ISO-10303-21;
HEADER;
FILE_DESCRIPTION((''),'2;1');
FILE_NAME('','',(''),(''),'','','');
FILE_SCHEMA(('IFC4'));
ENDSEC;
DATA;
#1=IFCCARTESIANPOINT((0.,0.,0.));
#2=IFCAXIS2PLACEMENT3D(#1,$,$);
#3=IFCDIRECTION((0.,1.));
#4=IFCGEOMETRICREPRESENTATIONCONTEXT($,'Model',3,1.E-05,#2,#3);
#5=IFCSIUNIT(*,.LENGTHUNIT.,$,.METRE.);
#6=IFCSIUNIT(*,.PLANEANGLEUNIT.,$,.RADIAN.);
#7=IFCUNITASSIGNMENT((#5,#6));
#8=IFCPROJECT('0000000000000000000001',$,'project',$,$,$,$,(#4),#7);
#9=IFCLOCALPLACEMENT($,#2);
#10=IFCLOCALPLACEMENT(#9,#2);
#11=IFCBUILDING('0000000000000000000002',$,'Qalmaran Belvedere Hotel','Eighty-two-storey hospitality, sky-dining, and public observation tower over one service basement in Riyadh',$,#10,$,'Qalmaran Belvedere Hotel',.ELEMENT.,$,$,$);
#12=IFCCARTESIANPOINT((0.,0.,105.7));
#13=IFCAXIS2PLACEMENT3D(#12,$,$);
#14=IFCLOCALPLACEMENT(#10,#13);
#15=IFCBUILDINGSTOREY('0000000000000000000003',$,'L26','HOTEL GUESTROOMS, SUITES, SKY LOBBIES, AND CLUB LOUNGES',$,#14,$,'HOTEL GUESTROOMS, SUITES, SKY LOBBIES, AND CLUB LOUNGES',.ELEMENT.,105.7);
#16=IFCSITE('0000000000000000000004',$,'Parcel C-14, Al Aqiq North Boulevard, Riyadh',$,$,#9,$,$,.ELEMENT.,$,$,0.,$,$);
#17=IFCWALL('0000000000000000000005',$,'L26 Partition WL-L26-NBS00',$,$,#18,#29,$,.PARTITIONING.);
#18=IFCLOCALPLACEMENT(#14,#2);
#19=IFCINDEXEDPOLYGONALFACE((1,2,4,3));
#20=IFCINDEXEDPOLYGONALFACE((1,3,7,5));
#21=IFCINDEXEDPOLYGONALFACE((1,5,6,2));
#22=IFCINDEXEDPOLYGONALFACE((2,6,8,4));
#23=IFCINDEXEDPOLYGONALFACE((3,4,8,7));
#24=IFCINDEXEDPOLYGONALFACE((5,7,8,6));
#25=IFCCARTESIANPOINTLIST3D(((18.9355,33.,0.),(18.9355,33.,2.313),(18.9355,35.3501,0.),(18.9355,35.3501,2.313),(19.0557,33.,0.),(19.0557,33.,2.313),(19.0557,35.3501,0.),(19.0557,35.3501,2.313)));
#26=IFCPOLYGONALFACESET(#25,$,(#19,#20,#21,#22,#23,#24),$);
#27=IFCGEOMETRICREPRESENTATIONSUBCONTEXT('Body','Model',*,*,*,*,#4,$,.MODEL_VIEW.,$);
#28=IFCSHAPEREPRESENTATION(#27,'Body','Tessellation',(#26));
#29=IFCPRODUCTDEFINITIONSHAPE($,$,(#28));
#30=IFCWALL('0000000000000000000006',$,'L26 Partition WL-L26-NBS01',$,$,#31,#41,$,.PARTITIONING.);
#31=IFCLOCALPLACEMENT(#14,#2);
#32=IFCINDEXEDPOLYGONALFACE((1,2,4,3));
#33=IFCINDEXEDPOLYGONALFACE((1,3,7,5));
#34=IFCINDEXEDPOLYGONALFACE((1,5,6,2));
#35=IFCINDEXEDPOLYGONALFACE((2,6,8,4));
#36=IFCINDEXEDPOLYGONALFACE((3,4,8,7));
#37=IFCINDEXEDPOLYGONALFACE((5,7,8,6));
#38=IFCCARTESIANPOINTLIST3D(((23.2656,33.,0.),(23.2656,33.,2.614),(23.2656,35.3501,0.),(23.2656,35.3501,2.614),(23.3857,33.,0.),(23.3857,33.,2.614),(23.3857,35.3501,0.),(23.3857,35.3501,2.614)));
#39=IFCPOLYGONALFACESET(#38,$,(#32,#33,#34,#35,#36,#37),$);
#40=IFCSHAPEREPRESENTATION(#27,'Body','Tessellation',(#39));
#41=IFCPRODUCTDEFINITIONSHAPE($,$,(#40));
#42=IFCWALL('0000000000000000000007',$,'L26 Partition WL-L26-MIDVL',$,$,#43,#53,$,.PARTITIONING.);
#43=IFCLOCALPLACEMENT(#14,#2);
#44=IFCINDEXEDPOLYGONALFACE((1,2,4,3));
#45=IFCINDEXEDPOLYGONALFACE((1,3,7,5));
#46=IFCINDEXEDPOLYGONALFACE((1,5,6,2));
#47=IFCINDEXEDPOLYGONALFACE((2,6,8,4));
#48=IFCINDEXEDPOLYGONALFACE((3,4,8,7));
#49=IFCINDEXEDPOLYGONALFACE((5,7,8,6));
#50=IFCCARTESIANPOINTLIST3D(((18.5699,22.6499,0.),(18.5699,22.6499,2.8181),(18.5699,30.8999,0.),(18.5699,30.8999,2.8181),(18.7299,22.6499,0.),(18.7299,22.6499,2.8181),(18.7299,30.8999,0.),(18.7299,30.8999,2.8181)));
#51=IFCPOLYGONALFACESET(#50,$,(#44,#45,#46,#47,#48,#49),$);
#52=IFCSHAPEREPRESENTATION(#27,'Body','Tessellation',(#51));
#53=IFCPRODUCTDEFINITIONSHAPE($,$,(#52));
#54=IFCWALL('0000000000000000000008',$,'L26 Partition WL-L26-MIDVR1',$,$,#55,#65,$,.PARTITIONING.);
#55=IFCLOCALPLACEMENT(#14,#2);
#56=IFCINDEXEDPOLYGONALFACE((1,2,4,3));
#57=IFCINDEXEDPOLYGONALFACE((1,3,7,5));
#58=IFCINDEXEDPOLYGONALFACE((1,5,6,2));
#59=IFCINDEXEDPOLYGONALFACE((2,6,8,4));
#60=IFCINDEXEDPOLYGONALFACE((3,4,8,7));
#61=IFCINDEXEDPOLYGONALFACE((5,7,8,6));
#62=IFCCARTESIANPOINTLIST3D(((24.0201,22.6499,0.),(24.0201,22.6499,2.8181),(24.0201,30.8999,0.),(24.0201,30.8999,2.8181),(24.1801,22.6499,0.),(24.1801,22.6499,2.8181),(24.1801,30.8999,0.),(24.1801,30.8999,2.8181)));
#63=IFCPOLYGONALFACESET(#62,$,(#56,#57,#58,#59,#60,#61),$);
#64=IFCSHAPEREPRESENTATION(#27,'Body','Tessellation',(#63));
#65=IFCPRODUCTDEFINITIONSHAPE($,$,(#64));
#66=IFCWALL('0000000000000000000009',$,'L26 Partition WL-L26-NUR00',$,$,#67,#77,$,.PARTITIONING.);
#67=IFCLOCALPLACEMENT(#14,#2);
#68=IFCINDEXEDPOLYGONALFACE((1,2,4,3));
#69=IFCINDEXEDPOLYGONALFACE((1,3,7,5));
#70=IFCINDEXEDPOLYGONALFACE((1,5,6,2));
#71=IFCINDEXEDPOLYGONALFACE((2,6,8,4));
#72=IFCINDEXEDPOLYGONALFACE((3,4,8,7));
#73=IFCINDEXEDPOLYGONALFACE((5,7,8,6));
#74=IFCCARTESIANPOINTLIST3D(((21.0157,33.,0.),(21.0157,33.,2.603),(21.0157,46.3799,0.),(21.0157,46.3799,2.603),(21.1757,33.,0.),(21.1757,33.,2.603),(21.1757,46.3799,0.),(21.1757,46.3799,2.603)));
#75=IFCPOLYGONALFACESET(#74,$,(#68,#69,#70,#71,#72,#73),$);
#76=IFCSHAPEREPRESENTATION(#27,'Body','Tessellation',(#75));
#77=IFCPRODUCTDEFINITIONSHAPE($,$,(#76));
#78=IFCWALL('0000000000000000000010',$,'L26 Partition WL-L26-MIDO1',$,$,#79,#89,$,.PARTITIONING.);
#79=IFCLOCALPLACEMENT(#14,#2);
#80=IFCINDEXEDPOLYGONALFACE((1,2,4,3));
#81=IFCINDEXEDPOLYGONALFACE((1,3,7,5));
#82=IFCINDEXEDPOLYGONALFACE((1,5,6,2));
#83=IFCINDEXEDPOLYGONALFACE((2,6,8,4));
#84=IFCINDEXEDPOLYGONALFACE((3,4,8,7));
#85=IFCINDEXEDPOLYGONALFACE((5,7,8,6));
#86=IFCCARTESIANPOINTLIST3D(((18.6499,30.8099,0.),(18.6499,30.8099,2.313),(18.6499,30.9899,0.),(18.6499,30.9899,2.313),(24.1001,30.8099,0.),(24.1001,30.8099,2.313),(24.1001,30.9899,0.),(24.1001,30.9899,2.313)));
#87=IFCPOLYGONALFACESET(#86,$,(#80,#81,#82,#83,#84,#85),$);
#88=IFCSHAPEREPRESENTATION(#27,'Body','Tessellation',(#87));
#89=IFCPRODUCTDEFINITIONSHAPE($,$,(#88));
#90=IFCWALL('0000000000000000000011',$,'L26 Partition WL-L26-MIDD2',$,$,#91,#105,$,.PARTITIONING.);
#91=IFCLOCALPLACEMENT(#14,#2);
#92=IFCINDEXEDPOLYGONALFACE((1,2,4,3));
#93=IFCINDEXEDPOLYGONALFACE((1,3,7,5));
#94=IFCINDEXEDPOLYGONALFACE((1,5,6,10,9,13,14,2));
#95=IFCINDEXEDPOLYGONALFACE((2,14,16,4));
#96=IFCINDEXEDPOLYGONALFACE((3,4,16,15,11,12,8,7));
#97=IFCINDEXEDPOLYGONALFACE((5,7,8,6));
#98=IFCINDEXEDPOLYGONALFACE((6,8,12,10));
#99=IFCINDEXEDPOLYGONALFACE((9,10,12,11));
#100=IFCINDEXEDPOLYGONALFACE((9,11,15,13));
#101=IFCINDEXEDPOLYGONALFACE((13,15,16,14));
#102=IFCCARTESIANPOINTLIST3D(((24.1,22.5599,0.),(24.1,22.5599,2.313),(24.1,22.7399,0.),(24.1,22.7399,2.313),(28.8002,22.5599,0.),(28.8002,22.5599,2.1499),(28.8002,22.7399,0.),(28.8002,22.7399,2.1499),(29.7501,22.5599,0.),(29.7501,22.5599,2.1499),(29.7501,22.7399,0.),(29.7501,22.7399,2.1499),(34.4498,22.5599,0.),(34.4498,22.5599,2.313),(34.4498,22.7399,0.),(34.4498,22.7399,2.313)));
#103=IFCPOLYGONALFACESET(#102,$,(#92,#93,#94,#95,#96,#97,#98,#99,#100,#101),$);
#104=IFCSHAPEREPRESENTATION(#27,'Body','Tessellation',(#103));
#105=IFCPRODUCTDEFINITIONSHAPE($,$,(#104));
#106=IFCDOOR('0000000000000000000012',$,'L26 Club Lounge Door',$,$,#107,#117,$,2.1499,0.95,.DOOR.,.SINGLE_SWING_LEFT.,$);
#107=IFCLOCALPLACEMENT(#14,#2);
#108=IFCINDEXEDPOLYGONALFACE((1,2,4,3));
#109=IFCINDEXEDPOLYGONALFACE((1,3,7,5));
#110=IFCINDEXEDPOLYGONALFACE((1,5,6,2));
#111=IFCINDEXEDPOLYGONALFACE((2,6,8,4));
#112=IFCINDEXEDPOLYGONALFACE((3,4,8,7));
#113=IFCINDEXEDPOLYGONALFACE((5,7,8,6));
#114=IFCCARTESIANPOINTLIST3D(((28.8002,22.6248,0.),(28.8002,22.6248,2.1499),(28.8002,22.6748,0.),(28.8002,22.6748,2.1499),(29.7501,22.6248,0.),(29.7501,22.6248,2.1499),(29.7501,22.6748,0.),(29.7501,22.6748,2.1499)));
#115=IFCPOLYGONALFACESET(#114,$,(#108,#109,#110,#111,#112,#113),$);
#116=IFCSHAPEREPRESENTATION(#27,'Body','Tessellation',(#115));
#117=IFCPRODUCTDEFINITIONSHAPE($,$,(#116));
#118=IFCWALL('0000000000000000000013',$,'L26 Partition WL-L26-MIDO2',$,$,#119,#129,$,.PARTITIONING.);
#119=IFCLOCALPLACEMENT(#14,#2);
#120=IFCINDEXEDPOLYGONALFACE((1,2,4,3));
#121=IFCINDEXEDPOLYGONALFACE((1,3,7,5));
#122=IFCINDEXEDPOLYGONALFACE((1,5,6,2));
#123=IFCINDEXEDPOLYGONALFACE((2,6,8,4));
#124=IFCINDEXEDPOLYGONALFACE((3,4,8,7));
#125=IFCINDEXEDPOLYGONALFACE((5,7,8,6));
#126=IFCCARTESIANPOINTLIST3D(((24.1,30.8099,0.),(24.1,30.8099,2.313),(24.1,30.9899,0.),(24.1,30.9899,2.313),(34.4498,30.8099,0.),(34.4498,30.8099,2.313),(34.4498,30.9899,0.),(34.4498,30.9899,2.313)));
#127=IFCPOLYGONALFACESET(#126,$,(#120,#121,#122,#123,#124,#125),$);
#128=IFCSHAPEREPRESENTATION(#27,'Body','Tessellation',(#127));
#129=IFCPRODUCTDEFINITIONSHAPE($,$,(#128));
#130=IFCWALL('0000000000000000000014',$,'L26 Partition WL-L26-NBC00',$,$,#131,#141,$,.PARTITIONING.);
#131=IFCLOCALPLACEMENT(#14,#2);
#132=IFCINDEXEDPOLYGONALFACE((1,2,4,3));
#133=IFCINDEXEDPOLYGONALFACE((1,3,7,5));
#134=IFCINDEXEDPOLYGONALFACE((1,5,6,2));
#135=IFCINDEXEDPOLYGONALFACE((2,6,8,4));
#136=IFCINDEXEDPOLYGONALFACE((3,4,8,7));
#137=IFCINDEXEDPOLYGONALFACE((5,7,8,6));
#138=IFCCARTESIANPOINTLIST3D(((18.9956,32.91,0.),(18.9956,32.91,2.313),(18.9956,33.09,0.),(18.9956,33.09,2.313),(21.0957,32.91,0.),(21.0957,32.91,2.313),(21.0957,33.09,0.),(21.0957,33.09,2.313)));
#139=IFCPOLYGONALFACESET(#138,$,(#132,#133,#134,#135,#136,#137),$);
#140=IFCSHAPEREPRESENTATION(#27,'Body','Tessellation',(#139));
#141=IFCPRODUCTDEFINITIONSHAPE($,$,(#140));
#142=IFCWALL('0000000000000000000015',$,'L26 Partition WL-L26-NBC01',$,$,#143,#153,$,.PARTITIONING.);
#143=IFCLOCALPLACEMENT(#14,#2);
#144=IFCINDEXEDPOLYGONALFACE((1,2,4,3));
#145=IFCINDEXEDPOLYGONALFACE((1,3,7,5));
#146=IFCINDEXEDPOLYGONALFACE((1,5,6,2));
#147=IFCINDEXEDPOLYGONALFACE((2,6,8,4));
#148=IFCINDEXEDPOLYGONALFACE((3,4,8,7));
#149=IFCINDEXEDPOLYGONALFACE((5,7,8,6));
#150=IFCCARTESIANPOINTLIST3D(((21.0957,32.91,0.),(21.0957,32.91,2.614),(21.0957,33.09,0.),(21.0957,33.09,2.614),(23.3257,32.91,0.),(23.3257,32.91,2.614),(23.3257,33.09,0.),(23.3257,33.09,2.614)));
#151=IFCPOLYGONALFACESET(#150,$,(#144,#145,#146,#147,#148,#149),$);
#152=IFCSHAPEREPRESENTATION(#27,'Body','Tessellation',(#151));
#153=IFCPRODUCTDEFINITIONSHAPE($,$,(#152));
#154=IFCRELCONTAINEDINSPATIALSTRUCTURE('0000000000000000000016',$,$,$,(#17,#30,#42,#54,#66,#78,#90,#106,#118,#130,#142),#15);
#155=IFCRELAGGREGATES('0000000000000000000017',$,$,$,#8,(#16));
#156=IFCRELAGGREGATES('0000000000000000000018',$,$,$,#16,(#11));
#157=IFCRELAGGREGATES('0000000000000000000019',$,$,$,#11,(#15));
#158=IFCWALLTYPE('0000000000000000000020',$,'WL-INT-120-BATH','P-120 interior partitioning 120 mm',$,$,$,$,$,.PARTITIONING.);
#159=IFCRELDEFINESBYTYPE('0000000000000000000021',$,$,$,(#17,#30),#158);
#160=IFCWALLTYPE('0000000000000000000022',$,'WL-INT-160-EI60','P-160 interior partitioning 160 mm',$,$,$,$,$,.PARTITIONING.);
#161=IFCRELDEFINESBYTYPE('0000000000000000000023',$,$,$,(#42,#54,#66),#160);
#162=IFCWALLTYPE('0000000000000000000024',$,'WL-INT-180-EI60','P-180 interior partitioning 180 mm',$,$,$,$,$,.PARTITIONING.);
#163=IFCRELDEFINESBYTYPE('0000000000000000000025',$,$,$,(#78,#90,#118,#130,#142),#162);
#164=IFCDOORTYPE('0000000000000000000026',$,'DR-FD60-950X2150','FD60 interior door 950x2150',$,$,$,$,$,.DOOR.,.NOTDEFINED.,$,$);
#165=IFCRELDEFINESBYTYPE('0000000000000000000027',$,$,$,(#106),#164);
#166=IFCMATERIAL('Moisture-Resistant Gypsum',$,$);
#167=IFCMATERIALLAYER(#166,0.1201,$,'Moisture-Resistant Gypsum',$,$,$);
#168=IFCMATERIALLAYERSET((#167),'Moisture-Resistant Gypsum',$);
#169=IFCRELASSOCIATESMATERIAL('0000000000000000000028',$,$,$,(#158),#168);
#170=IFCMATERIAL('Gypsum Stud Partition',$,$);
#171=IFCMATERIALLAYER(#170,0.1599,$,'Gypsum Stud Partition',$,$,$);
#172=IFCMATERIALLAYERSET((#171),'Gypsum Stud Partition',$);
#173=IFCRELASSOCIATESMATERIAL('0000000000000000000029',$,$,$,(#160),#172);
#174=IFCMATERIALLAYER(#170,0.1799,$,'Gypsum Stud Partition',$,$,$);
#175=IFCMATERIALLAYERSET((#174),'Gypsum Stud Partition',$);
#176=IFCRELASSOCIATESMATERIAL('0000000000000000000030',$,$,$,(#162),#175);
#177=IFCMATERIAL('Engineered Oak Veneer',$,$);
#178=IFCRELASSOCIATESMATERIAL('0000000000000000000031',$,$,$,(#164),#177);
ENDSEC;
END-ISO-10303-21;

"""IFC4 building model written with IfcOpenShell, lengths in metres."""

from ifc_helpers import new_model, si_unit, direction, frame, frame_2d, origin, place, context, subcontext, project, spatial, rectangle, extrude, material, layer, layer_set, type_object, element, fill, save


model = new_model("IFC4")

# Units and contexts
model_context = context("Model", 3, precision=1e-05, world=origin(), true_north=direction((0.0, 1.0)))
body_context = subcontext(model_context, "Body", "Model", "MODEL_VIEW")
ifc_project = project(units=[si_unit("LENGTHUNIT", "METRE"), si_unit("PLANEANGLEUNIT", "RADIAN")], contexts=[model_context])

# Site, building, storey
site_placement = place(None, origin())
site = spatial("IfcSite", under=ifc_project, at=site_placement, Name="Parcel C-14, Al Aqiq North Boulevard, Riyadh", CompositionType="ELEMENT", RefElevation=0.0)
building_placement = place(site_placement, origin())
building = spatial("IfcBuilding", under=site, at=building_placement, Name="Qalmaran Belvedere Hotel", Description="Eighty-two-storey hospitality, sky-dining, and public observation tower over one service basement in Riyadh", LongName="Qalmaran Belvedere Hotel", CompositionType="ELEMENT")
storey_placement = place(building_placement, frame((0.0, 0.0, 105.7)))
storey = spatial("IfcBuildingStorey", under=building, at=storey_placement, Name="L26", Description="HOTEL GUESTROOMS, SUITES, SKY LOBBIES, AND CLUB LOUNGES", LongName="HOTEL GUESTROOMS, SUITES, SKY LOBBIES, AND CLUB LOUNGES", CompositionType="ELEMENT", Elevation=105.7)

# Walls
ifc_material_1 = material(Name="Moisture-Resistant Gypsum")
ifc_layer_1 = layer(ifc_material_1, 0.1201, Name="Moisture-Resistant Gypsum")
ifc_layer_set_1 = layer_set([ifc_layer_1], Name="Moisture-Resistant Gypsum")
wall_type_1 = type_object("IfcWallType", Name="WL-INT-120-BATH", Description="P-120 interior partitioning 120 mm", PredefinedType="PARTITIONING", material=ifc_layer_set_1)
wall_1_placement = place(storey_placement, frame((18.9956, 33.0, 0.0), z_axis=(0.0, 0.0, 1.0), x_axis=(0.0, 1.0, 0.0)))
element("IfcWall", 1, at=wall_1_placement, inside=storey, type_object=wall_type_1, Name="L26 Partition WL-L26-NBS00", PredefinedType="PARTITIONING", context=body_context, shape_type="SweptSolid", body=[
    extrude(rectangle(XDim=2.3501, YDim=0.1201, at=frame_2d((1.175, 0.0))), origin(), (0.0, 0.0, 1.0), 2.313),
])
wall_2_placement = place(storey_placement, frame((23.3257, 33.0, 0.0), z_axis=(0.0, 0.0, 1.0), x_axis=(0.0, 1.0, 0.0)))
element("IfcWall", 2, at=wall_2_placement, inside=storey, type_object=wall_type_1, Name="L26 Partition WL-L26-NBS01", PredefinedType="PARTITIONING", context=body_context, shape_type="SweptSolid", body=[
    extrude(rectangle(XDim=2.3501, YDim=0.1201, at=frame_2d((1.175, 0.0))), origin(), (0.0, 0.0, 1.0), 2.614),
])
ifc_material_2 = material(Name="Gypsum Stud Partition")
ifc_layer_2 = layer(ifc_material_2, 0.1599, Name="Gypsum Stud Partition")
ifc_layer_set_2 = layer_set([ifc_layer_2], Name="Gypsum Stud Partition")
wall_type_2 = type_object("IfcWallType", Name="WL-INT-160-EI60", Description="P-160 interior partitioning 160 mm", PredefinedType="PARTITIONING", material=ifc_layer_set_2)
for number, where, z_axis, x_axis, name in (
    (3, (18.6499, 22.6499, 0.0), (0.0, 0.0, 1.0), (0.0, 1.0, 0.0), "L26 Partition WL-L26-MIDVL"),
    (4, (24.1001, 22.6499, 0.0), (0.0, 0.0, 1.0), (0.0, 1.0, 0.0), "L26 Partition WL-L26-MIDVR1"),
):
    element("IfcWall", number, at=place(storey_placement, frame(where, z_axis=z_axis, x_axis=x_axis)), inside=storey, type_object=wall_type_2, Name=name, PredefinedType="PARTITIONING", context=body_context, shape_type="SweptSolid", body=[
        extrude(rectangle(XDim=8.25, YDim=0.1599, at=frame_2d((4.125, 0.0))), origin(), (0.0, 0.0, 1.0), 2.8181),
    ])
wall_3_placement = place(storey_placement, frame((21.0957, 33.0, 0.0), z_axis=(0.0, 0.0, 1.0), x_axis=(0.0, 1.0, 0.0)))
element("IfcWall", 5, at=wall_3_placement, inside=storey, type_object=wall_type_2, Name="L26 Partition WL-L26-NUR00", PredefinedType="PARTITIONING", context=body_context, shape_type="SweptSolid", body=[
    extrude(rectangle(XDim=13.3799, YDim=0.1599, at=frame_2d((6.6899, 0.0))), origin(), (0.0, 0.0, 1.0), 2.603),
])

# Shared definitions
ifc_layer_3 = layer(ifc_material_2, 0.1799, Name="Gypsum Stud Partition")
ifc_layer_set_3 = layer_set([ifc_layer_3], Name="Gypsum Stud Partition")
wall_type_3 = type_object("IfcWallType", Name="WL-INT-180-EI60", Description="P-180 interior partitioning 180 mm", PredefinedType="PARTITIONING", material=ifc_layer_set_3)
ifc_material_3 = material(Name="Engineered Oak Veneer")
door_type = type_object("IfcDoorType", Name="DR-FD60-950X2150", Description="FD60 interior door 950x2150", OperationType="NOTDEFINED", PredefinedType="DOOR", material=ifc_material_3)

# Wall
wall_4_placement = place(storey_placement, frame((18.6499, 30.8999, 0.0), z_axis=(0.0, 0.0, 1.0), x_axis=(1.0, 0.0, 0.0)))
element("IfcWall", 6, at=wall_4_placement, inside=storey, type_object=wall_type_3, Name="L26 Partition WL-L26-MIDO1", PredefinedType="PARTITIONING", context=body_context, shape_type="SweptSolid", body=[
    extrude(rectangle(XDim=5.4502, YDim=0.1799, at=frame_2d((2.7251, 0.0))), origin(), (0.0, 0.0, 1.0), 2.313),
])

# Wall, opening, door
wall_5_placement = place(storey_placement, frame((24.1001, 22.6499, 0.0), z_axis=(0.0, 0.0, 1.0), x_axis=(1.0, 0.0, 0.0)))
wall_5 = element("IfcWall", 7, at=wall_5_placement, inside=storey, type_object=wall_type_3, Name="L26 Partition WL-L26-MIDD2", PredefinedType="PARTITIONING", context=body_context, shape_type="SweptSolid", body=[
    extrude(rectangle(XDim=10.3499, YDim=0.1799, at=frame_2d((5.1748, 0.0))), origin(), (0.0, 0.0, 1.0), 2.313),
])
opening_1_placement = place(wall_5_placement, frame((4.7, 0.0, 0.0)))
opening_1 = element("IfcOpeningElement", 8, at=opening_1_placement, cuts=wall_5, PredefinedType="OPENING", context=body_context, shape_type="SweptSolid", body=[
    extrude(rectangle(XDim=0.95, YDim=2.1499, at=frame_2d((0.4751, 1.075))), frame((0.0, 0.1001, 0.0), z_axis=(0.0, -1.0, 0.0), x_axis=(1.0, 0.0, 0.0)), (0.0, 0.0, 1.0), 0.2),
])
door_1_placement = place(opening_1_placement, origin())
door_1 = element("IfcDoor", 9, at=door_1_placement, inside=storey, type_object=door_type, Name="L26 Club Lounge Door", OperationType="SINGLE_SWING_LEFT", OverallHeight=2.1499, OverallWidth=0.95, PredefinedType="DOOR", context=body_context, shape_type="SweptSolid", body=[
    extrude(rectangle(XDim=0.95, YDim=2.1499, at=frame_2d((0.4751, 1.075))), frame((0.0, 0.0249, 0.0), z_axis=(0.0, -1.0, 0.0), x_axis=(1.0, 0.0, 0.0)), (0.0, 0.0, 1.0), 0.05),
])
fill(opening_1, door_1)

# Walls
wall_6_placement = place(storey_placement, frame((24.1001, 30.8999, 0.0), z_axis=(0.0, 0.0, 1.0), x_axis=(1.0, 0.0, 0.0)))
element("IfcWall", 10, at=wall_6_placement, inside=storey, type_object=wall_type_3, Name="L26 Partition WL-L26-MIDO2", PredefinedType="PARTITIONING", context=body_context, shape_type="SweptSolid", body=[
    extrude(rectangle(XDim=10.3499, YDim=0.1799, at=frame_2d((5.1748, 0.0))), origin(), (0.0, 0.0, 1.0), 2.313),
])
wall_7_placement = place(storey_placement, frame((18.9956, 33.0, 0.0), z_axis=(0.0, 0.0, 1.0), x_axis=(1.0, 0.0, 0.0)))
element("IfcWall", 11, at=wall_7_placement, inside=storey, type_object=wall_type_3, Name="L26 Partition WL-L26-NBC00", PredefinedType="PARTITIONING", context=body_context, shape_type="SweptSolid", body=[
    extrude(rectangle(XDim=2.1001, YDim=0.1799, at=frame_2d((1.05, 0.0))), origin(), (0.0, 0.0, 1.0), 2.313),
])
wall_8_placement = place(storey_placement, frame((21.0957, 33.0, 0.0), z_axis=(0.0, 0.0, 1.0), x_axis=(1.0, 0.0, 0.0)))
element("IfcWall", 12, at=wall_8_placement, inside=storey, type_object=wall_type_3, Name="L26 Partition WL-L26-NBC01", PredefinedType="PARTITIONING", context=body_context, shape_type="SweptSolid", body=[
    extrude(rectangle(XDim=2.23, YDim=0.1799, at=frame_2d((1.115, 0.0))), origin(), (0.0, 0.0, 1.0), 2.614),
])

save(model, "model.ifc")
